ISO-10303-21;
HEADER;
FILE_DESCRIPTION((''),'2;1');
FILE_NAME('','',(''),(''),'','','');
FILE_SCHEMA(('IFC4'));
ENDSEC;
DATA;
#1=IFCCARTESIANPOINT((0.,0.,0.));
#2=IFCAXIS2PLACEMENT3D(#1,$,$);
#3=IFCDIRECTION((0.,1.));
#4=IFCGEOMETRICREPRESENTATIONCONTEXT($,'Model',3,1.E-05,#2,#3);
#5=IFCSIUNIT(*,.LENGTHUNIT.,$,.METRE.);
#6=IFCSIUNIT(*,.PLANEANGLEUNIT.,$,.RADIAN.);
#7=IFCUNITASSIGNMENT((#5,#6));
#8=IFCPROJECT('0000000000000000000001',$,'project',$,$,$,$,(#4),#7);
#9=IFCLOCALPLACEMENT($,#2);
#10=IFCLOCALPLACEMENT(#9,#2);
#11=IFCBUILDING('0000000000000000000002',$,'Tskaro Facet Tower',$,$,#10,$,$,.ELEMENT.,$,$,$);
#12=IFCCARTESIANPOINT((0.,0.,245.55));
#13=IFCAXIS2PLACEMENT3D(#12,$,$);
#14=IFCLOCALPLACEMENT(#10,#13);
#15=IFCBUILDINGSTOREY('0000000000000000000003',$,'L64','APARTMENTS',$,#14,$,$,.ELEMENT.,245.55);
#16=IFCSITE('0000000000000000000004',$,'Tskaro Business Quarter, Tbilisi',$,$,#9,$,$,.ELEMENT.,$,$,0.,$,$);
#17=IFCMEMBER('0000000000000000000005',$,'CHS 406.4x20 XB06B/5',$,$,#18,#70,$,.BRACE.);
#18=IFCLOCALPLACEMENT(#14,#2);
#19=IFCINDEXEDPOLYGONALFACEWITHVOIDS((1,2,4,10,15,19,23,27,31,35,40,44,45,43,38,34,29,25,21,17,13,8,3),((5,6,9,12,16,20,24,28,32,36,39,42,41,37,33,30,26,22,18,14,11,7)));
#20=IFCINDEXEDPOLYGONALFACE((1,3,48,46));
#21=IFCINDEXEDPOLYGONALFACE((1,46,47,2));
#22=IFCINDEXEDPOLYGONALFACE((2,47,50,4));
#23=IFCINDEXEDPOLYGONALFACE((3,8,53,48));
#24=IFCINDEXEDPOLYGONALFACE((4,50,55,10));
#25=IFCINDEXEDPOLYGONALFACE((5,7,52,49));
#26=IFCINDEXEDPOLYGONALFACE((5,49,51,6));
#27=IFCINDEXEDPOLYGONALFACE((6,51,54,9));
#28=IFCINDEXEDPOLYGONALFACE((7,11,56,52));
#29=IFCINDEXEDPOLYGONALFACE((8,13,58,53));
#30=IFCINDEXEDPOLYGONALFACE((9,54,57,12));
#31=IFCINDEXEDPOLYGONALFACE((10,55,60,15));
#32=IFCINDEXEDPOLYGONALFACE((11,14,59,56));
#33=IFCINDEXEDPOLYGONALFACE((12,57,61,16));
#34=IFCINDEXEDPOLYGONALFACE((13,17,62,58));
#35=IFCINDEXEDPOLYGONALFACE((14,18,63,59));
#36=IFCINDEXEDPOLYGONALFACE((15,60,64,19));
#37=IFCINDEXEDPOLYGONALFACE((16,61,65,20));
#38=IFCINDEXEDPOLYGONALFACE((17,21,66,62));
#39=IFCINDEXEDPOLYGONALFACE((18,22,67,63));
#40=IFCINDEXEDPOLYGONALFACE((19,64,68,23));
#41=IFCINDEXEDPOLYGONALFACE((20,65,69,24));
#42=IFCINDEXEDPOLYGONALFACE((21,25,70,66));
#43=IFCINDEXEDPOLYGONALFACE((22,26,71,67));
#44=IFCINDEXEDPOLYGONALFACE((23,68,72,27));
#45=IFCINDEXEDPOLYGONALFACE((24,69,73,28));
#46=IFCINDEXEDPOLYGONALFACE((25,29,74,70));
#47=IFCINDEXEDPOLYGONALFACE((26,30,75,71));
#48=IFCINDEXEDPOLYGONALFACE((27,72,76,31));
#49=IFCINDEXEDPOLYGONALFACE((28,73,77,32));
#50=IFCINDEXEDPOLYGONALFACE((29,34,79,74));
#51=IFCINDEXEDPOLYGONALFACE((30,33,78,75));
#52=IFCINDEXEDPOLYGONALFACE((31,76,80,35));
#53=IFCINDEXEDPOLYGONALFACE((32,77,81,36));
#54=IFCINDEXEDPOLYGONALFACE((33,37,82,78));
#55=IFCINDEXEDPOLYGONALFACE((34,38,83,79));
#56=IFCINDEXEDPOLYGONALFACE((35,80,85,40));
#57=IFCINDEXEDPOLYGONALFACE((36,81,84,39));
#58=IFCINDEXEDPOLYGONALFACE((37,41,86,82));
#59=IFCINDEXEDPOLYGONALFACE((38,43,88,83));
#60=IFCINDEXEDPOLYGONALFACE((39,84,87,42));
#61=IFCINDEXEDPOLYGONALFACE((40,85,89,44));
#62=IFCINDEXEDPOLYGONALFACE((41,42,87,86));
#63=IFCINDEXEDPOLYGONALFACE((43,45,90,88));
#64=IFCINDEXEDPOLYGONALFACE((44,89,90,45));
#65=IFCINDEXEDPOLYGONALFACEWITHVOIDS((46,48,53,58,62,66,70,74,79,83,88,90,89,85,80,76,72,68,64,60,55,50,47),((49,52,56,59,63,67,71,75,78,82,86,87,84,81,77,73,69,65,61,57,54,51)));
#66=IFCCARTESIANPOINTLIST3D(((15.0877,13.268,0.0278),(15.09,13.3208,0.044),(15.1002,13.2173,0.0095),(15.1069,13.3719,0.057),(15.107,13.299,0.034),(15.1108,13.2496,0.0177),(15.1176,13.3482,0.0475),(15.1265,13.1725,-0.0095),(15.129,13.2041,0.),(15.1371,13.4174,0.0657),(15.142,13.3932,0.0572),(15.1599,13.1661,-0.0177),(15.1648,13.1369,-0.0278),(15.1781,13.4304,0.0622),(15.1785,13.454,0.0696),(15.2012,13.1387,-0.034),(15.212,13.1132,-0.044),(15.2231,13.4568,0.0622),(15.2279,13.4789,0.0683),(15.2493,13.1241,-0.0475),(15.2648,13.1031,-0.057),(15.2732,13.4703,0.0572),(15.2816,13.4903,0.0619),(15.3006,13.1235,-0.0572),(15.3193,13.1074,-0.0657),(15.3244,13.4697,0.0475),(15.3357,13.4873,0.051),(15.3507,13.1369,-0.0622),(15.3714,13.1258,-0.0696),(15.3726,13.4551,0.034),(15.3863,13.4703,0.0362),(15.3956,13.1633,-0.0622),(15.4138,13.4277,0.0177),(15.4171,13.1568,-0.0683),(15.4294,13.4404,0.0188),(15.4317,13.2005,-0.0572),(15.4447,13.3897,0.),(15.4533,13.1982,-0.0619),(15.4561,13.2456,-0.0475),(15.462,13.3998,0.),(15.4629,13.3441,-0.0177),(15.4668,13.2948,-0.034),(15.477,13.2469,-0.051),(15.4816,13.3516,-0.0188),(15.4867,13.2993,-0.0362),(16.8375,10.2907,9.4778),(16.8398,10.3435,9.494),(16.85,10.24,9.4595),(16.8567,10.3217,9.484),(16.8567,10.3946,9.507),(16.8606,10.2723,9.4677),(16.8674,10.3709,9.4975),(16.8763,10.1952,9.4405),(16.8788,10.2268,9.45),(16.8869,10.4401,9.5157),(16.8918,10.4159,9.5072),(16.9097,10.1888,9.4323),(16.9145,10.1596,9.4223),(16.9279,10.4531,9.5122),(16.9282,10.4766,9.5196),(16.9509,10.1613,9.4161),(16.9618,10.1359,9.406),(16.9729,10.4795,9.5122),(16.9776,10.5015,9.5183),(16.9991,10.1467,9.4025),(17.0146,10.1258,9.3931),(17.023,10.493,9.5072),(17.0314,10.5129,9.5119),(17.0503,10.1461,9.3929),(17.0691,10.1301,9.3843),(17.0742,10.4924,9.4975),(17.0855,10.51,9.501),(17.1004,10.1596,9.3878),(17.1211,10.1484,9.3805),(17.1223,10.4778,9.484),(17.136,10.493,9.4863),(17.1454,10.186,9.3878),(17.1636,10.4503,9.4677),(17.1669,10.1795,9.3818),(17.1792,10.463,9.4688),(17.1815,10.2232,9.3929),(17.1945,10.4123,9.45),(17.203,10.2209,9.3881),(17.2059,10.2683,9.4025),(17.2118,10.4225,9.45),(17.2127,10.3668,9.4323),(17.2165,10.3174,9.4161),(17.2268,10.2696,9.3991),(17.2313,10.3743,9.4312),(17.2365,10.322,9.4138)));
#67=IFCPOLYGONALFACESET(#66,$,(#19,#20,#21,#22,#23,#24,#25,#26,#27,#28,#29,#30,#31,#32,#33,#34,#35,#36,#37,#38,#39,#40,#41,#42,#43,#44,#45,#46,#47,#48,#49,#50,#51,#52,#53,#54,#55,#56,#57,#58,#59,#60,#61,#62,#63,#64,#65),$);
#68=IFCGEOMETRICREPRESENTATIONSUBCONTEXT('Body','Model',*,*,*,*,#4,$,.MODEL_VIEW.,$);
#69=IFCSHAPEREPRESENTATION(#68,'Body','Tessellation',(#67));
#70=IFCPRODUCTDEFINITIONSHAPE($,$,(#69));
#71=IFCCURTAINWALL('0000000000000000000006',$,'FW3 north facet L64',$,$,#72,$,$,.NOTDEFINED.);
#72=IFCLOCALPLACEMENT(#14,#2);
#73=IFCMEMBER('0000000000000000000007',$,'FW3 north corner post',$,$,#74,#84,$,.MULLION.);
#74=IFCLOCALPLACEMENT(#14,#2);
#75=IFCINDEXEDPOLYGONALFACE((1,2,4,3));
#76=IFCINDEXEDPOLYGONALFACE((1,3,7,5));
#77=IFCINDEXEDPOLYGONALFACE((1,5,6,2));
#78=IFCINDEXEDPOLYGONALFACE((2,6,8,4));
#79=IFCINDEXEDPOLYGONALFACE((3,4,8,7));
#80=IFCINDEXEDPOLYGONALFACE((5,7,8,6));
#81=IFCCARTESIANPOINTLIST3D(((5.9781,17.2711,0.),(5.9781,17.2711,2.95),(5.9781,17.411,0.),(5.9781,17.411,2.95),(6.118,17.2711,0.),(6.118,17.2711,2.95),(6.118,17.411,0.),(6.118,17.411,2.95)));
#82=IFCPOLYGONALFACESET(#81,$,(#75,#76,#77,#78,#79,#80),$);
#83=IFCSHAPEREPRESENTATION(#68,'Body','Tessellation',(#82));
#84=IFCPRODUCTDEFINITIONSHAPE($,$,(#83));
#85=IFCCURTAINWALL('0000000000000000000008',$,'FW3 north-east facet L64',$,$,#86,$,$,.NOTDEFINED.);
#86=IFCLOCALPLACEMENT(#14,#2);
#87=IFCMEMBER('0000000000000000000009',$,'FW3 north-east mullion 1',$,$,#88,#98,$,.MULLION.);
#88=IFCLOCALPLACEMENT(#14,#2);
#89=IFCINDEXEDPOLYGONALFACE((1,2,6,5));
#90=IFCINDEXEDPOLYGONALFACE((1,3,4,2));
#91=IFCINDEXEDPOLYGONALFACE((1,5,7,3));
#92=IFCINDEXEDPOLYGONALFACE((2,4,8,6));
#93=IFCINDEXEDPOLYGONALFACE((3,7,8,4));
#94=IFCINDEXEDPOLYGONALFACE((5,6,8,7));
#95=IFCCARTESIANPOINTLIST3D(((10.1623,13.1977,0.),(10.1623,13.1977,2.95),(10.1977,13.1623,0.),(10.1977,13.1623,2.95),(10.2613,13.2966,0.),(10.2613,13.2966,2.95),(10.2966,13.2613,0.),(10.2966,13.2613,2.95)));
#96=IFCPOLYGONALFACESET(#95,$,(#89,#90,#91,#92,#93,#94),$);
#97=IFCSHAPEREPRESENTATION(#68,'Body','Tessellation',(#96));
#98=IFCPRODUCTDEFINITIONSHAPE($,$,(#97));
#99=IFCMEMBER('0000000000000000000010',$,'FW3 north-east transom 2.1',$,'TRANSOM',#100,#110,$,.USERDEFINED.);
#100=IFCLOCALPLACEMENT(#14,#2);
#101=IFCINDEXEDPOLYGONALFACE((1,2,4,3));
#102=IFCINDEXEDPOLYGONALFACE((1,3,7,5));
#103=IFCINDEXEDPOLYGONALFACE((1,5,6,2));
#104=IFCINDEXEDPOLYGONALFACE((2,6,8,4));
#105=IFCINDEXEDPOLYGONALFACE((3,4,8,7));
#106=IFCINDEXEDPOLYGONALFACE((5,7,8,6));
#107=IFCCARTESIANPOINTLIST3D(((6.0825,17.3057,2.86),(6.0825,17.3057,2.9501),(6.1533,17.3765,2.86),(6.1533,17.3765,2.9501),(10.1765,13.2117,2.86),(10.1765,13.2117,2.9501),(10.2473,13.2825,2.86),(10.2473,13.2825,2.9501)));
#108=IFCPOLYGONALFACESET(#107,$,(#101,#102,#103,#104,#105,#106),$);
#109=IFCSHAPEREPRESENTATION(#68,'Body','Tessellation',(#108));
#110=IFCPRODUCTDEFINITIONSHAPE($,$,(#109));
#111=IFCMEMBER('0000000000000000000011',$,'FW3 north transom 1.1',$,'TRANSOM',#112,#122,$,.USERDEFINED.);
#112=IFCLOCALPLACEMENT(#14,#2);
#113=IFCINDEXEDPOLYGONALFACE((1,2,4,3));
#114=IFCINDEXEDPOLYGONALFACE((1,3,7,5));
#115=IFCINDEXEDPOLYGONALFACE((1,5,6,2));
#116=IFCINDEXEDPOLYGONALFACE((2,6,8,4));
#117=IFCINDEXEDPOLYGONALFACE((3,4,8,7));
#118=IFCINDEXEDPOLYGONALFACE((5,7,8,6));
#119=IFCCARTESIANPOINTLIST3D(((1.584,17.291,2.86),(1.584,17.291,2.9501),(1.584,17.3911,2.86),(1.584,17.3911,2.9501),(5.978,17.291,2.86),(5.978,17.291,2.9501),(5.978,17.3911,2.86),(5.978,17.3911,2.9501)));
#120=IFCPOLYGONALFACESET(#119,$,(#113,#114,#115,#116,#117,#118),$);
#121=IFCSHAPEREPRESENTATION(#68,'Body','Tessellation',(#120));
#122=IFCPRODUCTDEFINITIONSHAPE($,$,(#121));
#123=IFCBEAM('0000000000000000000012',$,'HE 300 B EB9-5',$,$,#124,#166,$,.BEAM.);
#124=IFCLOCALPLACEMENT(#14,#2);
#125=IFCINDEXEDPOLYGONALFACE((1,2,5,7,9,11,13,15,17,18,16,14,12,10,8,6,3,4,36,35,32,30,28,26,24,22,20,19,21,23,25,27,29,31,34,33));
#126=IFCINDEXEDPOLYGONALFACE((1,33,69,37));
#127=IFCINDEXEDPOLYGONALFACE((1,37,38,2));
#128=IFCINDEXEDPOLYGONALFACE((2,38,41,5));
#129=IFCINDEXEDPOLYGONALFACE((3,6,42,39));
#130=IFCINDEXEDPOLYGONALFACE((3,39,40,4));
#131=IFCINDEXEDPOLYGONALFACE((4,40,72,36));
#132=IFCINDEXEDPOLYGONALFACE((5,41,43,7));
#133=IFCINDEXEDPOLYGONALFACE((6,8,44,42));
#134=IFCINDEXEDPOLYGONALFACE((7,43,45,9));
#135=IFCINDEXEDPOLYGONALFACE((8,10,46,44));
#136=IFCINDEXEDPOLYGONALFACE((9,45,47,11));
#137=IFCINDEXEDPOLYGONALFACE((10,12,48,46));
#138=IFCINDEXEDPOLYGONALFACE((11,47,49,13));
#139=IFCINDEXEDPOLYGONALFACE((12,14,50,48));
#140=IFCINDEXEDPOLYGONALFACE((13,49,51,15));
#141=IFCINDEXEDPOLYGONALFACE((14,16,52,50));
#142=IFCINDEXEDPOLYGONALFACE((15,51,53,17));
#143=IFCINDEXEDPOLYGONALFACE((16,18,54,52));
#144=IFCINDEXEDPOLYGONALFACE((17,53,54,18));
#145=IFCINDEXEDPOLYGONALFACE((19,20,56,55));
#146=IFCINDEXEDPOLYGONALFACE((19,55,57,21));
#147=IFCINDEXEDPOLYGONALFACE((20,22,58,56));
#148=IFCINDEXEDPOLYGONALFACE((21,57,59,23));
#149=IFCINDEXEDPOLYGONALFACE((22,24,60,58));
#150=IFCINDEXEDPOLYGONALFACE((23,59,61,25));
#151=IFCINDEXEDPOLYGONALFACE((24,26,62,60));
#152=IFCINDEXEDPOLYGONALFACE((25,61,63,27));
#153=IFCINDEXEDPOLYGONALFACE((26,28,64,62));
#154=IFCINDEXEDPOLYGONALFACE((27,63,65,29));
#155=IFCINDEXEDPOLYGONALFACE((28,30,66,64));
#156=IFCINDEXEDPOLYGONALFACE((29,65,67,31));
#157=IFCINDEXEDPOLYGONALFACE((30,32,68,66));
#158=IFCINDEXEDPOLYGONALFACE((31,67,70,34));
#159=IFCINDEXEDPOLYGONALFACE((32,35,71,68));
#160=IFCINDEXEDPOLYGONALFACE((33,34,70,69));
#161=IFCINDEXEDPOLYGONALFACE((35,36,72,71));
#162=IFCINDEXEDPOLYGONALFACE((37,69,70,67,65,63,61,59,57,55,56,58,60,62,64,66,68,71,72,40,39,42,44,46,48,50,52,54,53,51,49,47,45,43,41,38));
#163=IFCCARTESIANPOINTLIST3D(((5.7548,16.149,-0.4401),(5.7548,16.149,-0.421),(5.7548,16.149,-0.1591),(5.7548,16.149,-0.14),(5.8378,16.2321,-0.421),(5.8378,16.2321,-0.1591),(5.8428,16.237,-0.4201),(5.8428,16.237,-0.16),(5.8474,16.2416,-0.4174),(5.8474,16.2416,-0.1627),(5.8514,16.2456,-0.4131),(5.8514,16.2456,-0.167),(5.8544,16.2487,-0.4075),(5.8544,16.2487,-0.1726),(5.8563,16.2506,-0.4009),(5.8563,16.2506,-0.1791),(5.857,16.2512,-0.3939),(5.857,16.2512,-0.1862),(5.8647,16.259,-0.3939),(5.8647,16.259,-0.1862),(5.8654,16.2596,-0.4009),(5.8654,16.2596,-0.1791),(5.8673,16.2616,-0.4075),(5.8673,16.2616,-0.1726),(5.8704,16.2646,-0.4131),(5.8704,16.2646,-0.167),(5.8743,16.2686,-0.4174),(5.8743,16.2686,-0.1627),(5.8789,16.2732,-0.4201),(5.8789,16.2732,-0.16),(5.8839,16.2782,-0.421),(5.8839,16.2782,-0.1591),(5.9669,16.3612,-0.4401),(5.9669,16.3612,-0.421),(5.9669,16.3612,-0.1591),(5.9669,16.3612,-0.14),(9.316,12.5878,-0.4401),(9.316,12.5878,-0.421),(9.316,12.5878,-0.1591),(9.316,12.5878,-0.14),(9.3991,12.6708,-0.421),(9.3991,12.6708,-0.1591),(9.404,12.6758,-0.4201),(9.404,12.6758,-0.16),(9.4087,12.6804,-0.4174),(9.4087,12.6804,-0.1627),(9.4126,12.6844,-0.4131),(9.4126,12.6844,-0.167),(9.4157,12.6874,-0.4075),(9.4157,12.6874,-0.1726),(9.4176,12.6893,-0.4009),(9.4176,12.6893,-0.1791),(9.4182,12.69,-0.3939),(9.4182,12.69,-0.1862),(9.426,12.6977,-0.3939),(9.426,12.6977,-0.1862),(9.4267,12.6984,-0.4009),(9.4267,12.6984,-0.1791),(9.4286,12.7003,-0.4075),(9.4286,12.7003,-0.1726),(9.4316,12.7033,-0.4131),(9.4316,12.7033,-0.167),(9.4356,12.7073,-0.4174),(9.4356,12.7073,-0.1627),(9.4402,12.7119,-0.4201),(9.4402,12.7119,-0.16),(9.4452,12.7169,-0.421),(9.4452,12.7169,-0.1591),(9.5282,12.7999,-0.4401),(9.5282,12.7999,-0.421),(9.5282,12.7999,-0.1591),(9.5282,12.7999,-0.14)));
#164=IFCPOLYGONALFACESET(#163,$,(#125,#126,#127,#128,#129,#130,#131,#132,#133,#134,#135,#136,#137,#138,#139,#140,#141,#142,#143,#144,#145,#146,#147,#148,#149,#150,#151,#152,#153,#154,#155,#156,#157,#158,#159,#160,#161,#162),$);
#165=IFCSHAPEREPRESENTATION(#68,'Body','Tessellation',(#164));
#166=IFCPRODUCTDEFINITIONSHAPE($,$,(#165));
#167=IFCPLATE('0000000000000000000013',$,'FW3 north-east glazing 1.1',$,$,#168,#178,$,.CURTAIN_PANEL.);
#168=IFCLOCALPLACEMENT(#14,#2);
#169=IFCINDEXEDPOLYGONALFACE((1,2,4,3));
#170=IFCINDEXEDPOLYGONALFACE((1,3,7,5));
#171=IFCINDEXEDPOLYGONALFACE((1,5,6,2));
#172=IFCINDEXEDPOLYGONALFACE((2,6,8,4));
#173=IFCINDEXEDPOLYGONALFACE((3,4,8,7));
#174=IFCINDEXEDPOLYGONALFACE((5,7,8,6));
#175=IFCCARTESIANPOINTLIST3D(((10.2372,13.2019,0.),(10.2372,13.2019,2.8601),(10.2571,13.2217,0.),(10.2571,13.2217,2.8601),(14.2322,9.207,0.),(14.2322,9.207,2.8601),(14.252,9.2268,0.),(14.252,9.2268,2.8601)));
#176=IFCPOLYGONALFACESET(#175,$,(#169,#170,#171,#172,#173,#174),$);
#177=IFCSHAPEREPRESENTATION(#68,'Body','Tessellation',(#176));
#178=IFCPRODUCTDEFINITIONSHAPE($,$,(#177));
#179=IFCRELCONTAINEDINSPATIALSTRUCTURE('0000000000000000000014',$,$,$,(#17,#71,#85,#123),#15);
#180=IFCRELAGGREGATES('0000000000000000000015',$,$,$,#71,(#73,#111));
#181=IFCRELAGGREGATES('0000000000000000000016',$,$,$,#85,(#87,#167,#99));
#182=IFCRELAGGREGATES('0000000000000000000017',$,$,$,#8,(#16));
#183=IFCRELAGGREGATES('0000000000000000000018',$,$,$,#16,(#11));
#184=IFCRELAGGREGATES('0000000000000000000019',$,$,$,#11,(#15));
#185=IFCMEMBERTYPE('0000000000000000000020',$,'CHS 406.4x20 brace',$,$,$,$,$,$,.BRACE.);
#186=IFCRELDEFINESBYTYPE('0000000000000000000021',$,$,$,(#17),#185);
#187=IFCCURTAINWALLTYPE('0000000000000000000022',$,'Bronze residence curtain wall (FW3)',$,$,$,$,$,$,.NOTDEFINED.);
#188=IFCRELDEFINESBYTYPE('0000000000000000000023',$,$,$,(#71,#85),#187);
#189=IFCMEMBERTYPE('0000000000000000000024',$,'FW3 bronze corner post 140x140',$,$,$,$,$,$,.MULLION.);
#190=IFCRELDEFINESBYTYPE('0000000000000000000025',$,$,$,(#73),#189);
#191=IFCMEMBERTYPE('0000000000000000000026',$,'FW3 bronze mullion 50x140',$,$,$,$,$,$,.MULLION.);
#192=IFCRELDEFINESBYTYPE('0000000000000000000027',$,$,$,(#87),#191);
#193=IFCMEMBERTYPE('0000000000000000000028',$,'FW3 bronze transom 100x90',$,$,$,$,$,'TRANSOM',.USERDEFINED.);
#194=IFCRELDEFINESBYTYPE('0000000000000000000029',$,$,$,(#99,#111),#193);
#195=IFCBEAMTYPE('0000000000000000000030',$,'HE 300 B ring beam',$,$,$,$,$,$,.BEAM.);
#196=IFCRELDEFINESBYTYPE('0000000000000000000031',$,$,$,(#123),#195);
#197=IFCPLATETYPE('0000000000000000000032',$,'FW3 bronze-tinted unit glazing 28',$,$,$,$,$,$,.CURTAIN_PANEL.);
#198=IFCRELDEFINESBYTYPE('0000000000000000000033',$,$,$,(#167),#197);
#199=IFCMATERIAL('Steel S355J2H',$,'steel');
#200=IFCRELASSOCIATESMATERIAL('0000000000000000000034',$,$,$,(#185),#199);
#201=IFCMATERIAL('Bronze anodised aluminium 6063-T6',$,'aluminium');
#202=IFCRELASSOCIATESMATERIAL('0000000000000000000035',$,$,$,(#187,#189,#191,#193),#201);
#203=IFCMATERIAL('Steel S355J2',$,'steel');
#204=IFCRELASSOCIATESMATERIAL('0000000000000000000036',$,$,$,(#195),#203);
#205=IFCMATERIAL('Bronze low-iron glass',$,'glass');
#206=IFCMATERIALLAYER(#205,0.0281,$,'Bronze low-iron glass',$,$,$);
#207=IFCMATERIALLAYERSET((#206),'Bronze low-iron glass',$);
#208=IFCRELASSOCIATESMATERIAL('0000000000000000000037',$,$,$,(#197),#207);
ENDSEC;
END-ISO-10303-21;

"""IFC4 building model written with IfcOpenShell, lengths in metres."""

from ifc_helpers import new_model, si_unit, direction, frame, origin, origin_2d, place, context, subcontext, project, spatial, rectangle, hollow_circle, i_section, extrude, material, layer, layer_set, material_profile, profile_set, type_object, element, aggregate, save


model = new_model("IFC4")

# Units and contexts
model_context = context("Model", 3, precision=1e-05, world=origin(), true_north=direction((0.0, 1.0)))
body_context = subcontext(model_context, "Body", "Model", "MODEL_VIEW")
ifc_project = project(units=[si_unit("LENGTHUNIT", "METRE"), si_unit("PLANEANGLEUNIT", "RADIAN")], contexts=[model_context])

# Site, building, storey
site_placement = place(None, origin())
site = spatial("IfcSite", under=ifc_project, at=site_placement, Name="Tskaro Business Quarter, Tbilisi", CompositionType="ELEMENT", RefElevation=0.0)
building_placement = place(site_placement, origin())
building = spatial("IfcBuilding", under=site, at=building_placement, Name="Tskaro Facet Tower", CompositionType="ELEMENT")
storey_placement = place(building_placement, frame((0.0, 0.0, 245.55)))
storey = spatial("IfcBuildingStorey", under=building, at=storey_placement, Name="L64", Description="APARTMENTS", CompositionType="ELEMENT", Elevation=245.55)

# Shared definitions
ifc_material_1 = material(Name="Steel S355J2", Category="steel")
ifc_material_2 = material(Name="Steel S355J2H", Category="steel")

# Member
ifc_material_profile_1 = material_profile(ifc_material_2, hollow_circle(Radius=0.2031, WallThickness=0.02, at=origin_2d()), Name="CHS 406.4x20")
ifc_profile_set_1 = profile_set([ifc_material_profile_1], Name="Steel S355J2H")
member_type_1 = type_object("IfcMemberType", Name="CHS 406.4x20 brace", PredefinedType="BRACE", material=ifc_profile_set_1)
for number, where, z_axis, x_axis, name in (
    (1, (15.2869, 13.2969, 0.0), (0.173911, -0.295919, 0.939248), (0.862136, 0.506677, 0.0), "CHS 406.4x20 XB06B/5"),
):
    element("IfcMember", number, at=place(storey_placement, frame(where, z_axis=z_axis, x_axis=x_axis)), inside=storey, type_object=member_type_1, Name=name, PredefinedType="BRACE", context=body_context, shape_type="SweptSolid", body=[
        extrude(hollow_circle(Radius=0.2031, WallThickness=0.02, at=origin_2d()), origin(), (0.0, 0.0, 1.0), 10.0613),
    ])

# Curtain wall, member
ifc_material_3 = material(Name="Bronze anodised aluminium 6063-T6", Category="aluminium")
curtain_wall_type = type_object("IfcCurtainWallType", Name="Bronze residence curtain wall (FW3)", PredefinedType="NOTDEFINED", material=ifc_material_3)
curtain_wall_1_placement = place(storey_placement, origin())
curtain_wall_1 = element("IfcCurtainWall", 2, at=curtain_wall_1_placement, inside=storey, type_object=curtain_wall_type, Name="FW3 north facet L64", PredefinedType="NOTDEFINED")
ifc_material_profile_2 = material_profile(ifc_material_3, rectangle(XDim=0.1399, YDim=0.1399, at=origin_2d()), Name="Corner post 140x140")
ifc_profile_set_2 = profile_set([ifc_material_profile_2], Name="Bronze anodised aluminium 6063-T6")
member_type_2 = type_object("IfcMemberType", Name="FW3 bronze corner post 140x140", PredefinedType="MULLION", material=ifc_profile_set_2)
member_1_placement = place(storey_placement, frame((6.0481, 17.3411, 0.0), z_axis=(0.0, 0.0, 1.0), x_axis=(-1.0, 0.0, 0.0)))
member_1 = element("IfcMember", 3, at=member_1_placement, type_object=member_type_2, Name="FW3 north corner post", PredefinedType="MULLION", context=body_context, shape_type="SweptSolid", body=[
    extrude(rectangle(XDim=0.1399, YDim=0.1399, at=origin_2d()), origin(), (0.0, 0.0, 1.0), 2.95),
])

# Curtain wall, members
curtain_wall_2_placement = place(storey_placement, origin())
curtain_wall_2 = element("IfcCurtainWall", 4, at=curtain_wall_2_placement, inside=storey, type_object=curtain_wall_type, Name="FW3 north-east facet L64", PredefinedType="NOTDEFINED")
ifc_material_profile_3 = material_profile(ifc_material_3, rectangle(XDim=0.05, YDim=0.1399, at=origin_2d()), Name="Mullion 50x140")
ifc_profile_set_3 = profile_set([ifc_material_profile_3], Name="Bronze anodised aluminium 6063-T6")
member_type_3 = type_object("IfcMemberType", Name="FW3 bronze mullion 50x140", PredefinedType="MULLION", material=ifc_profile_set_3)
member_2_placement = place(storey_placement, frame((10.2295, 13.2295, 0.0), z_axis=(0.0, 0.0, 1.0), x_axis=(-0.707107, 0.707107, 0.0)))
member_2 = element("IfcMember", 5, at=member_2_placement, type_object=member_type_3, Name="FW3 north-east mullion 1", PredefinedType="MULLION", context=body_context, shape_type="SweptSolid", body=[
    extrude(rectangle(XDim=0.05, YDim=0.1399, at=origin_2d()), origin(), (0.0, 0.0, 1.0), 2.95),
])
ifc_material_profile_4 = material_profile(ifc_material_3, rectangle(XDim=0.1001, YDim=0.0901, at=origin_2d()), Name="Transom 100x90")
ifc_profile_set_4 = profile_set([ifc_material_profile_4], Name="Bronze anodised aluminium 6063-T6")
member_type_4 = type_object("IfcMemberType", Name="FW3 bronze transom 100x90", ElementType="TRANSOM", PredefinedType="USERDEFINED", material=ifc_profile_set_4)
member_3_placement = place(storey_placement, frame((10.2119, 13.2471, 2.905), z_axis=(-0.707107, 0.707107, 0.0), x_axis=(-0.707107, -0.707107, 0.0)))
member_3 = element("IfcMember", 6, at=member_3_placement, type_object=member_type_4, Name="FW3 north-east transom 2.1", ObjectType="TRANSOM", PredefinedType="USERDEFINED", context=body_context, shape_type="SweptSolid", body=[
    extrude(rectangle(XDim=0.1001, YDim=0.0901, at=origin_2d()), origin(), (0.0, 0.0, 1.0), 5.7898),
])

# Member
member_4_placement = place(storey_placement, frame((5.978, 17.3411, 2.905), z_axis=(-1.0, 0.0, 0.0), x_axis=(0.0, -1.0, 0.0)))
member_4 = element("IfcMember", 7, at=member_4_placement, type_object=member_type_4, Name="FW3 north transom 1.1", ObjectType="TRANSOM", PredefinedType="USERDEFINED", context=body_context, shape_type="SweptSolid", body=[
    extrude(rectangle(XDim=0.1001, YDim=0.0901, at=origin_2d()), origin(), (0.0, 0.0, 1.0), 4.394),
])
aggregate(curtain_wall_1, [member_1, member_4])

# Beam
ifc_material_profile_5 = material_profile(ifc_material_1, i_section(OverallWidth=0.3, OverallDepth=0.3, WebThickness=0.011, FlangeThickness=0.019, FilletRadius=0.0271, at=origin_2d()), Name="HE 300 B")
ifc_profile_set_5 = profile_set([ifc_material_profile_5], Name="Steel S355J2")
beam_type = type_object("IfcBeamType", Name="HE 300 B ring beam", PredefinedType="BEAM", material=ifc_profile_set_5)
beam_placement = place(storey_placement, frame((9.4221, 12.6938, -0.29), z_axis=(-0.707107, 0.707107, 0.0), x_axis=(-0.707107, -0.707107, 0.0)))
element("IfcBeam", 8, at=beam_placement, inside=storey, type_object=beam_type, Name="HE 300 B EB9-5", PredefinedType="BEAM", context=body_context, shape_type="SweptSolid", body=[
    extrude(i_section(OverallWidth=0.3, OverallDepth=0.3, WebThickness=0.011, FlangeThickness=0.019, FilletRadius=0.0271, at=origin_2d()), origin(), (0.0, 0.0, 1.0), 5.0364),
])

# Plate
ifc_material_4 = material(Name="Bronze low-iron glass", Category="glass")
ifc_layer_1 = layer(ifc_material_4, 0.0281, Name="Bronze low-iron glass")
ifc_layer_set_1 = layer_set([ifc_layer_1], Name="Bronze low-iron glass")
plate_type = type_object("IfcPlateType", Name="FW3 bronze-tinted unit glazing 28", PredefinedType="CURTAIN_PANEL", material=ifc_layer_set_1)
plate_1_placement = place(storey_placement, frame((12.2446, 11.2144, 0.0), z_axis=(0.0, 0.0, 1.0), x_axis=(-0.707107, 0.707107, 0.0)))
plate_1 = element("IfcPlate", 9, at=plate_1_placement, type_object=plate_type, Name="FW3 north-east glazing 1.1", PredefinedType="CURTAIN_PANEL", context=body_context, shape_type="SweptSolid", body=[
    extrude(rectangle(XDim=5.6497, YDim=0.0281, at=origin_2d()), origin(), (0.0, 0.0, 1.0), 2.8601),
])
aggregate(curtain_wall_2, [member_2, plate_1, member_3])

save(model, "model.ifc")
